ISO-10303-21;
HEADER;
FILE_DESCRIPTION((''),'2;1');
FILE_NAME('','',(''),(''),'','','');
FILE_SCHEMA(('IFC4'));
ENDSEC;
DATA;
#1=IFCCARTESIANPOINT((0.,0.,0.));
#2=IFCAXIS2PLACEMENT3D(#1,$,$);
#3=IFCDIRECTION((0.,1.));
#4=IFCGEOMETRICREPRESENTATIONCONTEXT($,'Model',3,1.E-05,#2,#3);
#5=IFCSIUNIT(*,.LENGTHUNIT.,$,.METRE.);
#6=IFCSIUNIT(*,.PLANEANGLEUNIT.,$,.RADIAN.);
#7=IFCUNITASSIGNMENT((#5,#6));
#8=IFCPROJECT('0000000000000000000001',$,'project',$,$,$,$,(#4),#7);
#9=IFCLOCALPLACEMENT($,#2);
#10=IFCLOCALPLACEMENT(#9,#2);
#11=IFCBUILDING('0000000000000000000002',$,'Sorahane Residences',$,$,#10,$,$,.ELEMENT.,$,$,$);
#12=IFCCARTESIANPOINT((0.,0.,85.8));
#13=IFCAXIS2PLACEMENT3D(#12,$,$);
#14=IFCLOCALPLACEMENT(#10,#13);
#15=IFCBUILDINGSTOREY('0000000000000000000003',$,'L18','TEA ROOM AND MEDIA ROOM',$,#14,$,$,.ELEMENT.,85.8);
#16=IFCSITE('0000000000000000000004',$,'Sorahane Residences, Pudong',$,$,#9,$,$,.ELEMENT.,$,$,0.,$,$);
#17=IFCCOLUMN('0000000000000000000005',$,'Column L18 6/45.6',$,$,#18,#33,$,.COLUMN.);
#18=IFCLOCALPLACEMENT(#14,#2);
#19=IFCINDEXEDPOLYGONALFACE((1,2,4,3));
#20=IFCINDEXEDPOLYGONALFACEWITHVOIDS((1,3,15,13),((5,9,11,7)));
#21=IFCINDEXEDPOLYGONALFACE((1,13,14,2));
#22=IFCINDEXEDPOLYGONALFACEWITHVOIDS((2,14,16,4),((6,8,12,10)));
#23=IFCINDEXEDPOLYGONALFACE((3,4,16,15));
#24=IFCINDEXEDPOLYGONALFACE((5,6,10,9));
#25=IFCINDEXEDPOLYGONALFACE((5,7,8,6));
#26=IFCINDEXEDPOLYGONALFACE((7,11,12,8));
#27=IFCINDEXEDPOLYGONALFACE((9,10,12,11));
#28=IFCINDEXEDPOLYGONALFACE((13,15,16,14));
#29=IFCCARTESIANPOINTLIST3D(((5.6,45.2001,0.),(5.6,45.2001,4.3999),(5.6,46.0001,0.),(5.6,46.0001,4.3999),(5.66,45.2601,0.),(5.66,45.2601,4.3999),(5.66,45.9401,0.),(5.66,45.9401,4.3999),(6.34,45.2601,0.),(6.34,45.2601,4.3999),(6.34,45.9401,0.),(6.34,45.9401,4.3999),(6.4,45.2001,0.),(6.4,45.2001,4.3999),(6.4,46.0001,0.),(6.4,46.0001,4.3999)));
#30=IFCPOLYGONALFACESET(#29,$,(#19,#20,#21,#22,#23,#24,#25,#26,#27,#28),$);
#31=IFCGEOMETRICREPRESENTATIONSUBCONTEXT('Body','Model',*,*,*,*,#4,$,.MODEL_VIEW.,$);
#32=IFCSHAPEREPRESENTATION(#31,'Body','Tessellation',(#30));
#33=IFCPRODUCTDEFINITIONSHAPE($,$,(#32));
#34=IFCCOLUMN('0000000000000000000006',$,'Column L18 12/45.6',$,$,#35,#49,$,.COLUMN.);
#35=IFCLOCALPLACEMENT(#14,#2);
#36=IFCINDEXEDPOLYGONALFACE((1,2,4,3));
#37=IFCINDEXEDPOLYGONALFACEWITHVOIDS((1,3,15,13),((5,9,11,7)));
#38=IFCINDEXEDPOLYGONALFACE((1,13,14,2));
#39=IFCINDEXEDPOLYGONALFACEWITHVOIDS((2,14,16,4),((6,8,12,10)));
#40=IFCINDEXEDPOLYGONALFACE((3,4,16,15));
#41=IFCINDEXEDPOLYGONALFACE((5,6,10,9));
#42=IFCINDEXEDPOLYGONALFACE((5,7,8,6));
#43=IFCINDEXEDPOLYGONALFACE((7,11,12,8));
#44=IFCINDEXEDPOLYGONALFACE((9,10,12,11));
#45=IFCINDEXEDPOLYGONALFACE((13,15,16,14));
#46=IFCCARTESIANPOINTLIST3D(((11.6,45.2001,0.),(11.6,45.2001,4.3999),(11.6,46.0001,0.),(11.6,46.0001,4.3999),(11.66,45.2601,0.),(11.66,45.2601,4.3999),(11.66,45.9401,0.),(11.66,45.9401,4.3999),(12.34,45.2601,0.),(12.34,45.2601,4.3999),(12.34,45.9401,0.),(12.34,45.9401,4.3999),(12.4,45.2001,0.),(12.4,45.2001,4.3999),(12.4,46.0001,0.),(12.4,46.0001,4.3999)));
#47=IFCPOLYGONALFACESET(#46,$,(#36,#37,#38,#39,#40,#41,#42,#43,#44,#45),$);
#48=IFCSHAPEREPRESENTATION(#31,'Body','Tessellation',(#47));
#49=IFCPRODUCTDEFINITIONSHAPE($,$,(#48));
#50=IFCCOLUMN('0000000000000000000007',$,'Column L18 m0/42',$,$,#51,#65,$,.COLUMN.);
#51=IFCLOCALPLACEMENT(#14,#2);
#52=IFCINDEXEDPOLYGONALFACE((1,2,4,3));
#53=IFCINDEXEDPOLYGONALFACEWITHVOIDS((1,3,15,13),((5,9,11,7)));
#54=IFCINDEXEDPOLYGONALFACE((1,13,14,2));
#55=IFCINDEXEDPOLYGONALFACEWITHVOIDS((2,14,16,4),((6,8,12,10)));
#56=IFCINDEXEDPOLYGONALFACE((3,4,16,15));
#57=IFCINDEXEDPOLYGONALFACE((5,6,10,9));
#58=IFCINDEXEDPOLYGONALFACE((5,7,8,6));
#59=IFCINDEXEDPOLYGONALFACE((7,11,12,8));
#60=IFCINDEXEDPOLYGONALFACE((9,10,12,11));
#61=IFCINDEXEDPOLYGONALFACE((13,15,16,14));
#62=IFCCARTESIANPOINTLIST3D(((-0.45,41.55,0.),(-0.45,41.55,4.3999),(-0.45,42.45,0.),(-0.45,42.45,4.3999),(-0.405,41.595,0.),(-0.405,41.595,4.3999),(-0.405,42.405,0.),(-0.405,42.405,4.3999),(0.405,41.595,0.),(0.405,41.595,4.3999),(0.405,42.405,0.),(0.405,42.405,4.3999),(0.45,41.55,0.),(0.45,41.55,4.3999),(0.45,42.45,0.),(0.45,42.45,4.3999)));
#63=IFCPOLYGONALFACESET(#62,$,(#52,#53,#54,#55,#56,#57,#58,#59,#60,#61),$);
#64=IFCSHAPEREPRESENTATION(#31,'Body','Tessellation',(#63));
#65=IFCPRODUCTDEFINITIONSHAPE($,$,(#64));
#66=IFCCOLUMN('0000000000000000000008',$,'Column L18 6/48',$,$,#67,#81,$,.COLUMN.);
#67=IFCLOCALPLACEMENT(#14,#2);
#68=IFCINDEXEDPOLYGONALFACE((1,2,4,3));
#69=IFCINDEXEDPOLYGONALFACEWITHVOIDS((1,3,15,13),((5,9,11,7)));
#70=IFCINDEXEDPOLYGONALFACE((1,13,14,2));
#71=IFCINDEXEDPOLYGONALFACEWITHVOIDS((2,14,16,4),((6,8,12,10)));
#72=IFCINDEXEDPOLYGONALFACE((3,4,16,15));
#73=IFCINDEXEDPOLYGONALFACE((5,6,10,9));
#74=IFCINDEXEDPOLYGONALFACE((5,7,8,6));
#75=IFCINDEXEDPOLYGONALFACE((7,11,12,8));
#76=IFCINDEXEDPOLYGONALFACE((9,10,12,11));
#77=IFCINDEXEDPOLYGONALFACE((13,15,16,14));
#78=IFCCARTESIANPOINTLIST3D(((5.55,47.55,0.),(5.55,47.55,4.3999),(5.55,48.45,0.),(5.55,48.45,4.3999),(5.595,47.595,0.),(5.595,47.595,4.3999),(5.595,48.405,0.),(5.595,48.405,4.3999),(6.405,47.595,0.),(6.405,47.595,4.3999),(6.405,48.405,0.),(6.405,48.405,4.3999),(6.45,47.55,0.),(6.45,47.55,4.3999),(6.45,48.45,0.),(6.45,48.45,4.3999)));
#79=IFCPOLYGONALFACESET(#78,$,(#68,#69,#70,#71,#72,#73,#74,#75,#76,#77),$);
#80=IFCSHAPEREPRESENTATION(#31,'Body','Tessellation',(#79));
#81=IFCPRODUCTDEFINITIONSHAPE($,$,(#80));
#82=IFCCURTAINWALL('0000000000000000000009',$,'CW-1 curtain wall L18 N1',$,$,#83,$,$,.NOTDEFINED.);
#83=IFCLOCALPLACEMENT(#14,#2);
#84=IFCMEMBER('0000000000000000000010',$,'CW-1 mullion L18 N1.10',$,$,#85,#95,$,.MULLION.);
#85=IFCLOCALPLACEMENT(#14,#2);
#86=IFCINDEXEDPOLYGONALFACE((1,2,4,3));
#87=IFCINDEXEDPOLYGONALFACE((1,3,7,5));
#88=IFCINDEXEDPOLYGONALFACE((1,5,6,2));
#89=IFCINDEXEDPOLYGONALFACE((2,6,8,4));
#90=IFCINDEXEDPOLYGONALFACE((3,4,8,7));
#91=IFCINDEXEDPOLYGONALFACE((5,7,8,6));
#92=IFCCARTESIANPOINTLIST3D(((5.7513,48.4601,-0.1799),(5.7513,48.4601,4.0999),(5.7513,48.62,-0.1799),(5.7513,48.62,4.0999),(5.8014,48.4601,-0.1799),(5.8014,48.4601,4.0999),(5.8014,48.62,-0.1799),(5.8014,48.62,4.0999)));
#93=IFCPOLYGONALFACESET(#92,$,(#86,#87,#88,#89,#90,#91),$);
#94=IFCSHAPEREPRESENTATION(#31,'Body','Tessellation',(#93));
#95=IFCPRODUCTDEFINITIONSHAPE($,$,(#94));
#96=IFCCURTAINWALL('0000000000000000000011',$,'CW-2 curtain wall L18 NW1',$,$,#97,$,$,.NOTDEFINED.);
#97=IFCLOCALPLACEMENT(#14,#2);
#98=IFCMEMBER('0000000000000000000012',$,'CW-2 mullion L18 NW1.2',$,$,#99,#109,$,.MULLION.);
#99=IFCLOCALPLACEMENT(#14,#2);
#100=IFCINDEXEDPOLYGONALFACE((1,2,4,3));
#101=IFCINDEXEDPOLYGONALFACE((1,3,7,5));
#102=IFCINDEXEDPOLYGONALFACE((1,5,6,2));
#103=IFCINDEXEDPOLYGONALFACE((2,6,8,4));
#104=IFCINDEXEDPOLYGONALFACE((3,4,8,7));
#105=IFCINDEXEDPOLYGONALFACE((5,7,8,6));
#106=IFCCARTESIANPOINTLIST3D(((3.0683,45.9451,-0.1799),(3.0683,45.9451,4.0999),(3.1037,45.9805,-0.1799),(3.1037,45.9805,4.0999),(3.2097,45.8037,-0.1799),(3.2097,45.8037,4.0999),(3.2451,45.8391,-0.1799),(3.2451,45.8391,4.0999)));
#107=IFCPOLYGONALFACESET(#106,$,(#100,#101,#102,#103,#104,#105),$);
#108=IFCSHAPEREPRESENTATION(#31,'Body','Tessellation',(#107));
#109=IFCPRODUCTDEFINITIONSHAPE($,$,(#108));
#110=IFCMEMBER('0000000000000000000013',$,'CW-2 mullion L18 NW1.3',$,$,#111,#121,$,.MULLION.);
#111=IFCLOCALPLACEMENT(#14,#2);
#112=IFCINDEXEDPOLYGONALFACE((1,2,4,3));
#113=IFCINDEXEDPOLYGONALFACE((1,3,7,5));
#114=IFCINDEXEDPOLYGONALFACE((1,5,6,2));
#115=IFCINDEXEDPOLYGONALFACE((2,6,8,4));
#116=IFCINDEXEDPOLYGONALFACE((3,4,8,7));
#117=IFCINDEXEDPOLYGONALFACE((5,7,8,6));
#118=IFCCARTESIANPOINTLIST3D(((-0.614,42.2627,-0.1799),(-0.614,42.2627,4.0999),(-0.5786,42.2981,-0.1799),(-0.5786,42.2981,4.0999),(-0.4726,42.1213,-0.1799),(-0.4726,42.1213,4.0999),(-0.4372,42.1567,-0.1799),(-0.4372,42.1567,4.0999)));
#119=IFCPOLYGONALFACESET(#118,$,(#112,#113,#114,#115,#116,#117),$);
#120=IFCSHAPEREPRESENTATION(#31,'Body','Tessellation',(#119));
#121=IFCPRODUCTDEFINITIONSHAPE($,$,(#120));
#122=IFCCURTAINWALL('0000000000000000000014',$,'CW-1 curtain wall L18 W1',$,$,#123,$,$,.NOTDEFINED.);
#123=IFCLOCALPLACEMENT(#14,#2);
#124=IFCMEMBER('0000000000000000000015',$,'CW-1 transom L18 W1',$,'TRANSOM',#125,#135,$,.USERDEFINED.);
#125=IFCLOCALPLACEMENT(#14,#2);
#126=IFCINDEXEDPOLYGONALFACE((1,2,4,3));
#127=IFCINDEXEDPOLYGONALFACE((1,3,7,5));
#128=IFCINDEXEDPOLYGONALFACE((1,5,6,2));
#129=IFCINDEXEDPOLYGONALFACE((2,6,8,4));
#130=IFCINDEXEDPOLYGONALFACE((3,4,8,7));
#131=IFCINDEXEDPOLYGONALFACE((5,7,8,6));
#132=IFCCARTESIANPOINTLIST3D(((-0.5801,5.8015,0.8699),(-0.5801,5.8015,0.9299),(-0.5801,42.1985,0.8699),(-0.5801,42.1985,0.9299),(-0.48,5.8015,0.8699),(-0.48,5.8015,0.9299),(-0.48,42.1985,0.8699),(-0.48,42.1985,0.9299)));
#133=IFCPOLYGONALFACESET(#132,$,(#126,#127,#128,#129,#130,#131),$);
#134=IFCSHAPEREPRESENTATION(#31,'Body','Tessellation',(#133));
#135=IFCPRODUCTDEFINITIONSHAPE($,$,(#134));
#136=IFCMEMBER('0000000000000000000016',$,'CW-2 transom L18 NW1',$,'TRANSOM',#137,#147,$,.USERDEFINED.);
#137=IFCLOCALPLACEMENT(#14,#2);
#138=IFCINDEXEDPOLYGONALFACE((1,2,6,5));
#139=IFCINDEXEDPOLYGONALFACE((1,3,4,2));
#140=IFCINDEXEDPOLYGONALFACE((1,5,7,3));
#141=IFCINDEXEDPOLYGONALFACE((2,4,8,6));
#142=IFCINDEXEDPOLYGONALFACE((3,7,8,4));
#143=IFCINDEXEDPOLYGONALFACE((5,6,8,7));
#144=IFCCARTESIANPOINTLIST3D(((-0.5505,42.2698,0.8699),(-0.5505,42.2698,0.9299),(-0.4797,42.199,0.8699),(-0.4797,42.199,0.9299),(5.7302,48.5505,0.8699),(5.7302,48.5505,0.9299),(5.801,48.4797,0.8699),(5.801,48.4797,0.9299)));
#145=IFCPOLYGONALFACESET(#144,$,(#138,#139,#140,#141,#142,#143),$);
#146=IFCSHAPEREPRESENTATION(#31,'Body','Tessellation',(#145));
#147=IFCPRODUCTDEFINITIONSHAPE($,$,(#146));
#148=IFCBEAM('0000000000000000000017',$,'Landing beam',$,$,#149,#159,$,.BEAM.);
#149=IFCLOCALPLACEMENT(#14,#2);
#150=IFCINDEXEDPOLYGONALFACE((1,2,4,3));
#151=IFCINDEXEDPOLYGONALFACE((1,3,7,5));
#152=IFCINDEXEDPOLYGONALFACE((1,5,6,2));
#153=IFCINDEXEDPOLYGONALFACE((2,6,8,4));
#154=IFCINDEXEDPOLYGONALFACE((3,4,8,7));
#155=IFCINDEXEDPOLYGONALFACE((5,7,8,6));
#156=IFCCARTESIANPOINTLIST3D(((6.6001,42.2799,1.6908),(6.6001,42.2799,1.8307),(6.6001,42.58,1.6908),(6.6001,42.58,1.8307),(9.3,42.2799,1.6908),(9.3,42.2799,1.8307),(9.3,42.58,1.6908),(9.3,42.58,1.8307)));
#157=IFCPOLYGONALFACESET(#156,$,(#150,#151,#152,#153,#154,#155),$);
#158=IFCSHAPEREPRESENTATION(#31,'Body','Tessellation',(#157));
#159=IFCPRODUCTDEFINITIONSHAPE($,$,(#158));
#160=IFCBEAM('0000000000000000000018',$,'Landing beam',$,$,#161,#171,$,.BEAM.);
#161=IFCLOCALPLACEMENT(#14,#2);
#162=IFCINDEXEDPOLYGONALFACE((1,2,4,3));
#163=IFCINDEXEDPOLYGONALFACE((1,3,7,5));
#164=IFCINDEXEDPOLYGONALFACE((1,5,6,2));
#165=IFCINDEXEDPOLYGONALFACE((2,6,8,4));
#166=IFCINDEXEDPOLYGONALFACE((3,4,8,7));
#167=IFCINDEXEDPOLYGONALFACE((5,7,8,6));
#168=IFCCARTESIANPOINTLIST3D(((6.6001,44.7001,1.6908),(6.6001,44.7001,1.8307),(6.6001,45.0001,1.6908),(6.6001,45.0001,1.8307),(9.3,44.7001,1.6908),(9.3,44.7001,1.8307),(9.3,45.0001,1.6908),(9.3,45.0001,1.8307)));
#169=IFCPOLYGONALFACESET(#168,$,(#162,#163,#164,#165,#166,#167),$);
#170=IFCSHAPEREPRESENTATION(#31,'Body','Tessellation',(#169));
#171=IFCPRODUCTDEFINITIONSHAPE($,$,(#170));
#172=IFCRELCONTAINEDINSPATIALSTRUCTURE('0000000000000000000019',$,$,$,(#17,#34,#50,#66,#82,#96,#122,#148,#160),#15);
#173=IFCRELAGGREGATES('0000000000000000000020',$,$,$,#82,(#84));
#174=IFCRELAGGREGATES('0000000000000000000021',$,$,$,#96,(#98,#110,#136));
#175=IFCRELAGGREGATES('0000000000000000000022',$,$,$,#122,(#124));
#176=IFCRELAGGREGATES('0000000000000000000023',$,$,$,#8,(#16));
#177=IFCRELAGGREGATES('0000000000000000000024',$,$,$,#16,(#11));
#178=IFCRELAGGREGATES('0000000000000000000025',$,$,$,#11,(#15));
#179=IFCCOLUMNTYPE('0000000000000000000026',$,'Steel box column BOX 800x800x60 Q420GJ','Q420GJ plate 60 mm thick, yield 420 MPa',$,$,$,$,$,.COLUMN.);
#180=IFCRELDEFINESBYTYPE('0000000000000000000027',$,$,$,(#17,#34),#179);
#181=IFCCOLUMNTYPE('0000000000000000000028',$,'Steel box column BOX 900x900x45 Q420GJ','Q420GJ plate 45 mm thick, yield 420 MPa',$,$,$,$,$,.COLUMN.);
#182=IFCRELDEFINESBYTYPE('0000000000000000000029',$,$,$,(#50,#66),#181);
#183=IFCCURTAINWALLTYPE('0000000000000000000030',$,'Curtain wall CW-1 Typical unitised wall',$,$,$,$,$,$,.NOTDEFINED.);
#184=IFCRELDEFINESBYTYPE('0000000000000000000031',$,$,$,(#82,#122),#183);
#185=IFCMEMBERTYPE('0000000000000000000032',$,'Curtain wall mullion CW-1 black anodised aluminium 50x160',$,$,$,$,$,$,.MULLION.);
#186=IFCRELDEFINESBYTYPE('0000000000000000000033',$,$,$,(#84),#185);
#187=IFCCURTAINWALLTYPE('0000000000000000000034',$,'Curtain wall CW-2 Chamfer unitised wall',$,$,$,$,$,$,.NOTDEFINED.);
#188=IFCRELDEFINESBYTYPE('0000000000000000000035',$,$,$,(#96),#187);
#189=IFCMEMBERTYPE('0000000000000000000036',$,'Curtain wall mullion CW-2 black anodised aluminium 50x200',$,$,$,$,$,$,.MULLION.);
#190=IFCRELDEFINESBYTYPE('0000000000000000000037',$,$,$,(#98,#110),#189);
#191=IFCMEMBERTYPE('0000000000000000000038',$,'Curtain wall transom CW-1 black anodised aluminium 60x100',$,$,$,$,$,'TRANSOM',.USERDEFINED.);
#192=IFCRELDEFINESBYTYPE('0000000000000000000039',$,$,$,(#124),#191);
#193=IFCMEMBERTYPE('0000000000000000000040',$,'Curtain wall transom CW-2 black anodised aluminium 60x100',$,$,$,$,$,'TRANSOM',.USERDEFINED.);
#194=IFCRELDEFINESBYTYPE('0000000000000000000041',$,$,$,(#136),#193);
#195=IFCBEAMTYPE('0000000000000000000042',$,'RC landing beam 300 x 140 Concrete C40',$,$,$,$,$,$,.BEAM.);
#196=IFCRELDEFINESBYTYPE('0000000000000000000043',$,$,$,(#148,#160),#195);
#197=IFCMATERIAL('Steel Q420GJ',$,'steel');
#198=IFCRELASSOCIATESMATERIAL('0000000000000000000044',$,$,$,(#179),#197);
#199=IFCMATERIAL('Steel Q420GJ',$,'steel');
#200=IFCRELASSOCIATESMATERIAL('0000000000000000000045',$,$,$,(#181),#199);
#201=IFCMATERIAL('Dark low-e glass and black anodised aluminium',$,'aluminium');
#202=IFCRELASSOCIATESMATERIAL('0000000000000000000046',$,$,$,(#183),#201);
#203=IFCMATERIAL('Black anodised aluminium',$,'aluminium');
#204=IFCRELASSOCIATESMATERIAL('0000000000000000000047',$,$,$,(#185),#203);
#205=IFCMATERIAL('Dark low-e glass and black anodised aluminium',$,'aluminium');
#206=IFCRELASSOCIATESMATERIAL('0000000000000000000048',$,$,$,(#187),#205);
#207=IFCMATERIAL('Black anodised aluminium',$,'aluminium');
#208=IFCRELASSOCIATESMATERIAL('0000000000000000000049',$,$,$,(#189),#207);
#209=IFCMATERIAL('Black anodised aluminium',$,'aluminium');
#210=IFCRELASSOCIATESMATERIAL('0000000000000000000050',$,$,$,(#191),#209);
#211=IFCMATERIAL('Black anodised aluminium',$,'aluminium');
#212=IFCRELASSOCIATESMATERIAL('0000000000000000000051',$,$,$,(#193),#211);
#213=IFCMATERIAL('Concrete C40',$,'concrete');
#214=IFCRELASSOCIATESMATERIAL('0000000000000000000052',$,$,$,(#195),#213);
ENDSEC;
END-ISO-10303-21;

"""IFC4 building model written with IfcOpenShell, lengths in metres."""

from ifc_helpers import new_model, si_unit, direction, frame, origin, origin_2d, place, context, subcontext, project, spatial, rectangle, hollow_rectangle, extrude, material, material_profile, profile_set, type_object, element, aggregate, save


model = new_model("IFC4")

# Units and contexts
model_context = context("Model", 3, precision=1e-05, world=origin(), true_north=direction((0.0, 1.0)))
body_context = subcontext(model_context, "Body", "Model", "MODEL_VIEW")
ifc_project = project(units=[si_unit("LENGTHUNIT", "METRE"), si_unit("PLANEANGLEUNIT", "RADIAN")], contexts=[model_context])

# Site, building, storey
site_placement = place(None, origin())
site = spatial("IfcSite", under=ifc_project, at=site_placement, Name="Sorahane Residences, Pudong", CompositionType="ELEMENT", RefElevation=0.0)
building_placement = place(site_placement, origin())
building = spatial("IfcBuilding", under=site, at=building_placement, Name="Sorahane Residences", CompositionType="ELEMENT")
storey_placement = place(building_placement, frame((0.0, 0.0, 85.8)))
storey = spatial("IfcBuildingStorey", under=building, at=storey_placement, Name="L18", Description="TEA ROOM AND MEDIA ROOM", CompositionType="ELEMENT", Elevation=85.8)

# Columns
ifc_material_1 = material(Name="Steel Q420GJ", Category="steel")
ifc_material_profile_1 = material_profile(ifc_material_1, hollow_rectangle(XDim=0.8, YDim=0.8, WallThickness=0.0601, at=origin_2d()), Name="BOX 800x800x60")
ifc_profile_set_1 = profile_set([ifc_material_profile_1], Name="Steel Q420GJ")
column_type_1 = type_object("IfcColumnType", Name="Steel box column BOX 800x800x60 Q420GJ", Description="Q420GJ plate 60 mm thick, yield 420 MPa", PredefinedType="COLUMN", material=ifc_profile_set_1)
for number, where, z_axis, x_axis, name in (
    (1, (6.0, 45.6001, 0.0), (0.0, 0.0, 1.0), (1.0, 0.0, 0.0), "Column L18 6/45.6"),
    (2, (12.0, 45.6001, 0.0), (0.0, 0.0, 1.0), (1.0, 0.0, 0.0), "Column L18 12/45.6"),
):
    element("IfcColumn", number, at=place(storey_placement, frame(where, z_axis=z_axis, x_axis=x_axis)), inside=storey, type_object=column_type_1, Name=name, PredefinedType="COLUMN", context=body_context, shape_type="SweptSolid", body=[
        extrude(hollow_rectangle(XDim=0.8, YDim=0.8, WallThickness=0.0601, at=origin_2d()), origin(), (0.0, 0.0, 1.0), 4.3999),
    ])
ifc_material_2 = material(Name="Steel Q420GJ", Category="steel")
ifc_material_profile_2 = material_profile(ifc_material_2, hollow_rectangle(XDim=0.8999, YDim=0.8999, WallThickness=0.0449, at=origin_2d()), Name="BOX 900x900x45")
ifc_profile_set_2 = profile_set([ifc_material_profile_2], Name="Steel Q420GJ")
column_type_2 = type_object("IfcColumnType", Name="Steel box column BOX 900x900x45 Q420GJ", Description="Q420GJ plate 45 mm thick, yield 420 MPa", PredefinedType="COLUMN", material=ifc_profile_set_2)
for number, where, z_axis, x_axis, name in (
    (3, (0.0, 42.0, 0.0), (0.0, 0.0, 1.0), (1.0, 0.0, 0.0), "Column L18 m0/42"),
    (4, (6.0, 48.0, 0.0), (0.0, 0.0, 1.0), (1.0, 0.0, 0.0), "Column L18 6/48"),
):
    element("IfcColumn", number, at=place(storey_placement, frame(where, z_axis=z_axis, x_axis=x_axis)), inside=storey, type_object=column_type_2, Name=name, PredefinedType="COLUMN", context=body_context, shape_type="SweptSolid", body=[
        extrude(hollow_rectangle(XDim=0.8999, YDim=0.8999, WallThickness=0.0449, at=origin_2d()), origin(), (0.0, 0.0, 1.0), 4.3999),
    ])

# Curtain wall, member
ifc_material_3 = material(Name="Dark low-e glass and black anodised aluminium", Category="aluminium")
curtain_wall_type_1 = type_object("IfcCurtainWallType", Name="Curtain wall CW-1 Typical unitised wall", PredefinedType="NOTDEFINED", material=ifc_material_3)
curtain_wall_1_placement = place(storey_placement, origin())
curtain_wall_1 = element("IfcCurtainWall", 5, at=curtain_wall_1_placement, inside=storey, type_object=curtain_wall_type_1, Name="CW-1 curtain wall L18 N1", PredefinedType="NOTDEFINED")
ifc_material_4 = material(Name="Black anodised aluminium", Category="aluminium")
ifc_material_profile_3 = material_profile(ifc_material_4, rectangle(XDim=0.1599, YDim=0.05, at=origin_2d()), Name="Curtain wall mullion CW-1 black anodised aluminium 50x160")
ifc_profile_set_3 = profile_set([ifc_material_profile_3], Name="Black anodised aluminium")
member_type_1 = type_object("IfcMemberType", Name="Curtain wall mullion CW-1 black anodised aluminium 50x160", PredefinedType="MULLION", material=ifc_profile_set_3)
member_1_placement = place(storey_placement, frame((5.7764, 48.54, -0.1799), z_axis=(0.0, 0.0, 1.0), x_axis=(0.0, 1.0, 0.0)))
member_1 = element("IfcMember", 6, at=member_1_placement, type_object=member_type_1, Name="CW-1 mullion L18 N1.10", PredefinedType="MULLION", context=body_context, shape_type="SweptSolid", body=[
    extrude(rectangle(XDim=0.1599, YDim=0.05, at=origin_2d()), origin(), (0.0, 0.0, 1.0), 4.2798),
])

# Curtain wall, members
ifc_material_5 = material(Name="Dark low-e glass and black anodised aluminium", Category="aluminium")
curtain_wall_type_2 = type_object("IfcCurtainWallType", Name="Curtain wall CW-2 Chamfer unitised wall", PredefinedType="NOTDEFINED", material=ifc_material_5)
curtain_wall_2_placement = place(storey_placement, origin())
curtain_wall_2 = element("IfcCurtainWall", 7, at=curtain_wall_2_placement, inside=storey, type_object=curtain_wall_type_2, Name="CW-2 curtain wall L18 NW1", PredefinedType="NOTDEFINED")
ifc_material_6 = material(Name="Black anodised aluminium", Category="aluminium")
ifc_material_profile_4 = material_profile(ifc_material_6, rectangle(XDim=0.2, YDim=0.05, at=origin_2d()), Name="Curtain wall mullion CW-2 black anodised aluminium 50x200")
ifc_profile_set_4 = profile_set([ifc_material_profile_4], Name="Black anodised aluminium")
member_type_2 = type_object("IfcMemberType", Name="Curtain wall mullion CW-2 black anodised aluminium 50x200", PredefinedType="MULLION", material=ifc_profile_set_4)
member_2_placement = place(storey_placement, frame((3.1567, 45.8921, -0.1799), z_axis=(0.0, 0.0, 1.0), x_axis=(-0.707107, 0.707107, 0.0)))
member_2 = element("IfcMember", 8, at=member_2_placement, type_object=member_type_2, Name="CW-2 mullion L18 NW1.2", PredefinedType="MULLION", context=body_context, shape_type="SweptSolid", body=[
    extrude(rectangle(XDim=0.2, YDim=0.05, at=origin_2d()), origin(), (0.0, 0.0, 1.0), 4.2798),
])
member_3_placement = place(storey_placement, frame((-0.5256, 42.2097, -0.1799), z_axis=(0.0, 0.0, 1.0), x_axis=(-0.707107, 0.707107, 0.0)))
member_3 = element("IfcMember", 9, at=member_3_placement, type_object=member_type_2, Name="CW-2 mullion L18 NW1.3", PredefinedType="MULLION", context=body_context, shape_type="SweptSolid", body=[
    extrude(rectangle(XDim=0.2, YDim=0.05, at=origin_2d()), origin(), (0.0, 0.0, 1.0), 4.2798),
])

# Curtain wall, member
curtain_wall_3_placement = place(storey_placement, origin())
curtain_wall_3 = element("IfcCurtainWall", 10, at=curtain_wall_3_placement, inside=storey, type_object=curtain_wall_type_1, Name="CW-1 curtain wall L18 W1", PredefinedType="NOTDEFINED")
ifc_material_7 = material(Name="Black anodised aluminium", Category="aluminium")
ifc_material_profile_5 = material_profile(ifc_material_7, rectangle(XDim=0.1001, YDim=0.0601, at=origin_2d()), Name="Curtain wall transom CW-1 black anodised aluminium 60x100")
ifc_profile_set_5 = profile_set([ifc_material_profile_5], Name="Black anodised aluminium")
member_type_3 = type_object("IfcMemberType", Name="Curtain wall transom CW-1 black anodised aluminium 60x100", ElementType="TRANSOM", PredefinedType="USERDEFINED", material=ifc_profile_set_5)
member_4_placement = place(storey_placement, frame((-0.53, 42.1985, 0.8999), z_axis=(0.0, -1.0, 0.0), x_axis=(1.0, 0.0, 0.0)))
member_4 = element("IfcMember", 11, at=member_4_placement, type_object=member_type_3, Name="CW-1 transom L18 W1", ObjectType="TRANSOM", PredefinedType="USERDEFINED", context=body_context, shape_type="SweptSolid", body=[
    extrude(rectangle(XDim=0.1001, YDim=0.0601, at=origin_2d()), origin(), (0.0, 0.0, 1.0), 36.397),
])

# Member
ifc_material_8 = material(Name="Black anodised aluminium", Category="aluminium")
ifc_material_profile_6 = material_profile(ifc_material_8, rectangle(XDim=0.1001, YDim=0.0601, at=origin_2d()), Name="Curtain wall transom CW-2 black anodised aluminium 60x100")
ifc_profile_set_6 = profile_set([ifc_material_profile_6], Name="Black anodised aluminium")
member_type_4 = type_object("IfcMemberType", Name="Curtain wall transom CW-2 black anodised aluminium 60x100", ElementType="TRANSOM", PredefinedType="USERDEFINED", material=ifc_profile_set_6)
member_5_placement = place(storey_placement, frame((5.7656, 48.5151, 0.8999), z_axis=(-0.707107, -0.707107, 0.0), x_axis=(0.707107, -0.707107, 0.0)))
member_5 = element("IfcMember", 12, at=member_5_placement, type_object=member_type_4, Name="CW-2 transom L18 NW1", ObjectType="TRANSOM", PredefinedType="USERDEFINED", context=body_context, shape_type="SweptSolid", body=[
    extrude(rectangle(XDim=0.1001, YDim=0.0601, at=origin_2d()), origin(), (0.0, 0.0, 1.0), 8.8823),
])

# Beams
ifc_material_9 = material(Name="Concrete C40", Category="concrete")
ifc_material_profile_7 = material_profile(ifc_material_9, rectangle(XDim=0.3, YDim=0.1399, at=origin_2d()), Name="300x140")
ifc_profile_set_7 = profile_set([ifc_material_profile_7], Name="Concrete C40")
beam_type_1 = type_object("IfcBeamType", Name="RC landing beam 300 x 140 Concrete C40", PredefinedType="BEAM", material=ifc_profile_set_7)
for number, where, z_axis, x_axis, name in (
    (13, (6.6001, 42.4299, 1.7607), (1.0, 0.0, 0.0), (0.0, 1.0, 0.0), "Landing beam"),
    (14, (6.6001, 44.8501, 1.7607), (1.0, 0.0, 0.0), (0.0, 1.0, 0.0), "Landing beam"),
):
    element("IfcBeam", number, at=place(storey_placement, frame(where, z_axis=z_axis, x_axis=x_axis)), inside=storey, type_object=beam_type_1, Name=name, PredefinedType="BEAM", context=body_context, shape_type="SweptSolid", body=[
        extrude(rectangle(XDim=0.3, YDim=0.1399, at=origin_2d()), origin(), (0.0, 0.0, 1.0), 2.7),
    ])

aggregate(curtain_wall_1, [member_1])
aggregate(curtain_wall_2, [member_2, member_3, member_5])
aggregate(curtain_wall_3, [member_4])

save(model, "model.ifc")
